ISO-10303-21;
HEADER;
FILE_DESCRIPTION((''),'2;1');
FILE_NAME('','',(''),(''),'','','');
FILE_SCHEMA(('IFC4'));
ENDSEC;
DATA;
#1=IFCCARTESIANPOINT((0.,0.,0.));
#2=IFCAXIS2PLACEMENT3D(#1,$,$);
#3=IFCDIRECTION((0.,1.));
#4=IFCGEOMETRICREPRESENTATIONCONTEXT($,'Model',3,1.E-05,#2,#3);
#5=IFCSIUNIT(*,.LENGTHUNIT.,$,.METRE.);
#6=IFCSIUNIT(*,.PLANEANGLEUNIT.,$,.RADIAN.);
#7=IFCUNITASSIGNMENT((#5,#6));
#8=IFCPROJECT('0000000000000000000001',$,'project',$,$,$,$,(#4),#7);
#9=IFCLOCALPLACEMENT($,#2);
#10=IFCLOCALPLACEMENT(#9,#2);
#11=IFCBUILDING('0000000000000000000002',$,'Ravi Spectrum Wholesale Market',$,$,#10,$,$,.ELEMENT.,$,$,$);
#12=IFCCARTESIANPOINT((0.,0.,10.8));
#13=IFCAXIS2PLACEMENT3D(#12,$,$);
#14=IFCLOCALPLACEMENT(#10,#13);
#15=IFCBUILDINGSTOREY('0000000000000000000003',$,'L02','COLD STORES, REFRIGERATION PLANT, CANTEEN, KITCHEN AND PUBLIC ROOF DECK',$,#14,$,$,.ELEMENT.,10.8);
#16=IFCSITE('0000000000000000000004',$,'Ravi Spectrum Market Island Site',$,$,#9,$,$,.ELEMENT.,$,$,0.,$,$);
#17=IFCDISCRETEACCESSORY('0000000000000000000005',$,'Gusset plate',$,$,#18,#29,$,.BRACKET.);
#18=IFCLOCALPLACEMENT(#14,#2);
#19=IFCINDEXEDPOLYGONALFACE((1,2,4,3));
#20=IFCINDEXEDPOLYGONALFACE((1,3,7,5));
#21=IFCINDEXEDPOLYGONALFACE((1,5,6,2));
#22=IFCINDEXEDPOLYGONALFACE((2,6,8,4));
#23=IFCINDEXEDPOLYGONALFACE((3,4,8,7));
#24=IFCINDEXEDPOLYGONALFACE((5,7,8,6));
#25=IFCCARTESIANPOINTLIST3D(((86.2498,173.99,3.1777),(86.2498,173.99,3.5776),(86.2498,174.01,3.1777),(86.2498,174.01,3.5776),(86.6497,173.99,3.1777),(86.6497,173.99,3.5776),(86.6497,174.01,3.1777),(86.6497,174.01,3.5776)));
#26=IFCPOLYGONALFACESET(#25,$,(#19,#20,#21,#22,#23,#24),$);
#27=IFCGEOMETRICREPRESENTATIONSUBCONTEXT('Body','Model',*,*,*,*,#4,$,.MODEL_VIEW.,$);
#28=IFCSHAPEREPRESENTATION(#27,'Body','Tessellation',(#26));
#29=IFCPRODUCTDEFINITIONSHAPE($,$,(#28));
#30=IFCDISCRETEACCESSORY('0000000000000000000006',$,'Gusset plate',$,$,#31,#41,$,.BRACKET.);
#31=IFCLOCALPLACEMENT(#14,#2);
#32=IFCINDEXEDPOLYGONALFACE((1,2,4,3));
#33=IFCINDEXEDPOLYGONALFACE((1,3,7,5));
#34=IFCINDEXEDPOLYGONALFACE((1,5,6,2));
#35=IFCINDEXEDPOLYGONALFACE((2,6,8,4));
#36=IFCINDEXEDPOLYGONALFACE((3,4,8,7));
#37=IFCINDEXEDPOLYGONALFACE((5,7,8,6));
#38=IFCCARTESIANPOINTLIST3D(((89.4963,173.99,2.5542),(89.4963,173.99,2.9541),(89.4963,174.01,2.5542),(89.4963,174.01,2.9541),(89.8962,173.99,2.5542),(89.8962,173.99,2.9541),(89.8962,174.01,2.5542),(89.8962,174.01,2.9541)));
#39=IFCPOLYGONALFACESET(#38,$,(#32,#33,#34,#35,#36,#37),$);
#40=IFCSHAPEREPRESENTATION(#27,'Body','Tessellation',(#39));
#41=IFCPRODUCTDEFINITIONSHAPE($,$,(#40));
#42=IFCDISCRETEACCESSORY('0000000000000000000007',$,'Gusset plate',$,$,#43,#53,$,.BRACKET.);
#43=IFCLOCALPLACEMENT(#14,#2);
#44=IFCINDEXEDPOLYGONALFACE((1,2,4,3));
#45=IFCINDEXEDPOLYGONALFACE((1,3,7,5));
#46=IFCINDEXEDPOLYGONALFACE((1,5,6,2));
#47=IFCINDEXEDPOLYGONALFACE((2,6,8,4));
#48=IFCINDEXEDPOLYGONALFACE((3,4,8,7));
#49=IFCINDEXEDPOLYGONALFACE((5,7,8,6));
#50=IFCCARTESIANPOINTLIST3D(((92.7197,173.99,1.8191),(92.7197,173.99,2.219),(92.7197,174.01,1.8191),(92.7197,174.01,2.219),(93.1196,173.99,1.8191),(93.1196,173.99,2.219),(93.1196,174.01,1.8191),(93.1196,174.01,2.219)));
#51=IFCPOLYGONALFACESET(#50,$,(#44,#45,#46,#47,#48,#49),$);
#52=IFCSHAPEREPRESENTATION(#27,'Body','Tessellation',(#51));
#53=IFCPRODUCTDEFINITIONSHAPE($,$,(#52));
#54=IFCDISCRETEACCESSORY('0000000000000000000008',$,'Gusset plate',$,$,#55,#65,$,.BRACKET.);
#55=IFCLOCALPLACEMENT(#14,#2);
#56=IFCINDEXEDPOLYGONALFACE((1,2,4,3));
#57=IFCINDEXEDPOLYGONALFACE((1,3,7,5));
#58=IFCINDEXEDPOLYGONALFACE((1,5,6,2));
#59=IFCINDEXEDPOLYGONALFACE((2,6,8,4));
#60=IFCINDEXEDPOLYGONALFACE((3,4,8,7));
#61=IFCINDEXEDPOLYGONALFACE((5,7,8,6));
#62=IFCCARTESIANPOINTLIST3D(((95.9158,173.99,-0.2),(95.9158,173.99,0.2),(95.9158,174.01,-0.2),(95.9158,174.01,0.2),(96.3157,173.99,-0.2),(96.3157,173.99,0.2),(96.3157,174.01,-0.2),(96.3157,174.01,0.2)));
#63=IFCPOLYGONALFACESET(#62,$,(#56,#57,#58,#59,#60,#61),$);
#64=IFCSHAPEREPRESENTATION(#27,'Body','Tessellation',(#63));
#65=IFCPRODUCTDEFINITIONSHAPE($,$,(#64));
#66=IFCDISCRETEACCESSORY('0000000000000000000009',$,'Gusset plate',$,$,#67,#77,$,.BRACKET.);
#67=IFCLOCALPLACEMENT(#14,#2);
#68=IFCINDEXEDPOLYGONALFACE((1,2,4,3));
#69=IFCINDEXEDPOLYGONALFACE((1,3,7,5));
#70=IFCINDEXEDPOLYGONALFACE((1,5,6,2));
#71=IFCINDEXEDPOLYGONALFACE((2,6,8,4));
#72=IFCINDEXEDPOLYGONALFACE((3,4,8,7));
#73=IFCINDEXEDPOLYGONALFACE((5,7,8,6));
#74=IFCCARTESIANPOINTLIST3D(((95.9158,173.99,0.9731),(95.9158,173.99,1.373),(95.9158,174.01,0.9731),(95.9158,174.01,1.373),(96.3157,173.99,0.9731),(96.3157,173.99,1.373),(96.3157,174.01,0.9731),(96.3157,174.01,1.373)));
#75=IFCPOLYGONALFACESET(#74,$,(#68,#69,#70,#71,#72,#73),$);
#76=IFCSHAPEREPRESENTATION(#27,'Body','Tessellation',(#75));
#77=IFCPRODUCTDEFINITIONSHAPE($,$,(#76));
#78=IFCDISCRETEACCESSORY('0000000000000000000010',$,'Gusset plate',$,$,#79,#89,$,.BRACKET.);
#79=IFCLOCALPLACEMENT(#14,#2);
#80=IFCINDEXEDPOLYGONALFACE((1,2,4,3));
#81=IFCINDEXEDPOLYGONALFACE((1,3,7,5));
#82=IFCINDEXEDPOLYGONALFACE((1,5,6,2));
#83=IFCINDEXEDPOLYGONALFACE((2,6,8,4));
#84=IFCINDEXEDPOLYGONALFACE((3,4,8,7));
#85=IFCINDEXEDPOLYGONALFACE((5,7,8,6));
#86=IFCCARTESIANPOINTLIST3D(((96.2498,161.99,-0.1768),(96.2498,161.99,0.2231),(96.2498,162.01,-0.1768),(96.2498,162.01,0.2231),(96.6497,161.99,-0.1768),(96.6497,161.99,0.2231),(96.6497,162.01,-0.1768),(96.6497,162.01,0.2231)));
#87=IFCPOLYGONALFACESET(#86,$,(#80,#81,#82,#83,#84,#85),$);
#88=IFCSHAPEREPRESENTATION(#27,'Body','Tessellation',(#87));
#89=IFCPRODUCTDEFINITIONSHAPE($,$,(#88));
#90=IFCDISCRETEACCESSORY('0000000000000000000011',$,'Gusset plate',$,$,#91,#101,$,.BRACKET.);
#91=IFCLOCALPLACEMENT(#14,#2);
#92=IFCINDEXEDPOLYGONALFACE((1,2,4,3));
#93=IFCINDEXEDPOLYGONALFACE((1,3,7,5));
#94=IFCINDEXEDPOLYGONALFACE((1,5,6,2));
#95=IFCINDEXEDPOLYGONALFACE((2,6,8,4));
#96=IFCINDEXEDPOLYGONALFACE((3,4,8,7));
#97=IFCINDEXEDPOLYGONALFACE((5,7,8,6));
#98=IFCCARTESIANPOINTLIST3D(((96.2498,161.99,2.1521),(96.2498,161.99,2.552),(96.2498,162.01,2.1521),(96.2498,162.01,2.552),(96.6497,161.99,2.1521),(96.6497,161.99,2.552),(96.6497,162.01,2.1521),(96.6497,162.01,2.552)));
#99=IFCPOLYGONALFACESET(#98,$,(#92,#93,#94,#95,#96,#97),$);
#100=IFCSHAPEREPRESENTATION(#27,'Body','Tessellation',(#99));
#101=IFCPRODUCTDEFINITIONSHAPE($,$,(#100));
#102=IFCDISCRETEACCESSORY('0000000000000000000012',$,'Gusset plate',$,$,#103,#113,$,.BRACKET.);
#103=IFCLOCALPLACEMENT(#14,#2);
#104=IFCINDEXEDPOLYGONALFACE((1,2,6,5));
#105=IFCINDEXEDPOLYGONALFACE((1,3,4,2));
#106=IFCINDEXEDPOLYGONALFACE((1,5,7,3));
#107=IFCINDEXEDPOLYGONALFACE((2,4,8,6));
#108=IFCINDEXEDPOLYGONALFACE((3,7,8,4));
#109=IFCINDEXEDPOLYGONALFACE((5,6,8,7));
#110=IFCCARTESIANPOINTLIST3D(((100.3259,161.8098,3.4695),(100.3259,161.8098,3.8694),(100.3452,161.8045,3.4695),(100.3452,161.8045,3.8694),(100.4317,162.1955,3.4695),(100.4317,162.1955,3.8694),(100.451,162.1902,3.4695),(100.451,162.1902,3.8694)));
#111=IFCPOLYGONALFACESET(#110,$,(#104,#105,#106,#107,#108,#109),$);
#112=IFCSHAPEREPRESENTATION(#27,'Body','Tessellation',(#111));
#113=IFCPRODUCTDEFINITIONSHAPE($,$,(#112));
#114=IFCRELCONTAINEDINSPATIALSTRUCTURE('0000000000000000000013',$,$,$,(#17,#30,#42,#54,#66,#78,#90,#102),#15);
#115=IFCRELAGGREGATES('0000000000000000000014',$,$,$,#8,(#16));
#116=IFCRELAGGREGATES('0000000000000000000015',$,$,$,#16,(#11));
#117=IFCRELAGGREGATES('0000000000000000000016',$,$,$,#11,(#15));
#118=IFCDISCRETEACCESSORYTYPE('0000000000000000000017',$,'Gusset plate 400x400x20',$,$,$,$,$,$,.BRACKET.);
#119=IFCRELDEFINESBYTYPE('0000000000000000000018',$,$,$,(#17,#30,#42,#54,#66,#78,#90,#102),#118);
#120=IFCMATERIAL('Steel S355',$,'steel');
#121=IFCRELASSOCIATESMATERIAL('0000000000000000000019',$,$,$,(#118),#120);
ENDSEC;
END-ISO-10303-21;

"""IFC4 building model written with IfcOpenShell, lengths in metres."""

from ifc_helpers import new_model, si_unit, direction, frame, origin, origin_2d, place, context, subcontext, project, spatial, rectangle, extrude, material, material_profile, profile_set, type_object, element, save


model = new_model("IFC4")

# Units and contexts
model_context = context("Model", 3, precision=1e-05, world=origin(), true_north=direction((0.0, 1.0)))
body_context = subcontext(model_context, "Body", "Model", "MODEL_VIEW")
ifc_project = project(units=[si_unit("LENGTHUNIT", "METRE"), si_unit("PLANEANGLEUNIT", "RADIAN")], contexts=[model_context])

# Site, building, storey
site_placement = place(None, origin())
site = spatial("IfcSite", under=ifc_project, at=site_placement, Name="Ravi Spectrum Market Island Site", CompositionType="ELEMENT", RefElevation=0.0)
building_placement = place(site_placement, origin())
building = spatial("IfcBuilding", under=site, at=building_placement, Name="Ravi Spectrum Wholesale Market", CompositionType="ELEMENT")
storey_placement = place(building_placement, frame((0.0, 0.0, 10.8)))
storey = spatial("IfcBuildingStorey", under=building, at=storey_placement, Name="L02", Description="COLD STORES, REFRIGERATION PLANT, CANTEEN, KITCHEN AND PUBLIC ROOF DECK", CompositionType="ELEMENT", Elevation=10.8)

# Discrete accessories
ifc_material_1 = material(Name="Steel S355", Category="steel")
ifc_material_profile_1 = material_profile(ifc_material_1, rectangle(XDim=0.3999, YDim=0.02, at=origin_2d()))
ifc_profile_set_1 = profile_set([ifc_material_profile_1], Name="Steel S355")
discrete_accessory_type_1 = type_object("IfcDiscreteAccessoryType", Name="Gusset plate 400x400x20", PredefinedType="BRACKET", material=ifc_profile_set_1)
for number, where, z_axis, x_axis, name in (
    (1, (86.4497, 174.0, 3.1777), (0.0, 0.0, 1.0), (-1.0, 0.0, 0.0), "Gusset plate"),
    (2, (89.6963, 174.0, 2.5542), (0.0, 0.0, 1.0), (-1.0, 0.0, 0.0), "Gusset plate"),
    (3, (92.9197, 174.0, 1.8191), (0.0, 0.0, 1.0), (-1.0, 0.0, 0.0), "Gusset plate"),
    (4, (96.1157, 174.0, -0.2), (0.0, 0.0, 1.0), (1.0, 0.0, 0.0), "Gusset plate"),
    (5, (96.1157, 174.0, 0.9731), (0.0, 0.0, 1.0), (-1.0, 0.0, 0.0), "Gusset plate"),
    (6, (96.4497, 162.0, -0.1768), (0.0, 0.0, 1.0), (1.0, 0.0, 0.0), "Gusset plate"),
    (7, (96.4497, 162.0, 2.1521), (0.0, 0.0, 1.0), (-1.0, 0.0, 0.0), "Gusset plate"),
    (8, (100.3884, 162.0, 3.4695), (0.0, 0.0, 1.0), (0.264532, 0.964377, 0.0), "Gusset plate"),
):
    element("IfcDiscreteAccessory", number, at=place(storey_placement, frame(where, z_axis=z_axis, x_axis=x_axis)), inside=storey, type_object=discrete_accessory_type_1, Name=name, PredefinedType="BRACKET", context=body_context, shape_type="SweptSolid", body=[
        extrude(rectangle(XDim=0.3999, YDim=0.02, at=origin_2d()), origin(), (0.0, 0.0, 1.0), 0.3999),
    ])

save(model, "model.ifc")
